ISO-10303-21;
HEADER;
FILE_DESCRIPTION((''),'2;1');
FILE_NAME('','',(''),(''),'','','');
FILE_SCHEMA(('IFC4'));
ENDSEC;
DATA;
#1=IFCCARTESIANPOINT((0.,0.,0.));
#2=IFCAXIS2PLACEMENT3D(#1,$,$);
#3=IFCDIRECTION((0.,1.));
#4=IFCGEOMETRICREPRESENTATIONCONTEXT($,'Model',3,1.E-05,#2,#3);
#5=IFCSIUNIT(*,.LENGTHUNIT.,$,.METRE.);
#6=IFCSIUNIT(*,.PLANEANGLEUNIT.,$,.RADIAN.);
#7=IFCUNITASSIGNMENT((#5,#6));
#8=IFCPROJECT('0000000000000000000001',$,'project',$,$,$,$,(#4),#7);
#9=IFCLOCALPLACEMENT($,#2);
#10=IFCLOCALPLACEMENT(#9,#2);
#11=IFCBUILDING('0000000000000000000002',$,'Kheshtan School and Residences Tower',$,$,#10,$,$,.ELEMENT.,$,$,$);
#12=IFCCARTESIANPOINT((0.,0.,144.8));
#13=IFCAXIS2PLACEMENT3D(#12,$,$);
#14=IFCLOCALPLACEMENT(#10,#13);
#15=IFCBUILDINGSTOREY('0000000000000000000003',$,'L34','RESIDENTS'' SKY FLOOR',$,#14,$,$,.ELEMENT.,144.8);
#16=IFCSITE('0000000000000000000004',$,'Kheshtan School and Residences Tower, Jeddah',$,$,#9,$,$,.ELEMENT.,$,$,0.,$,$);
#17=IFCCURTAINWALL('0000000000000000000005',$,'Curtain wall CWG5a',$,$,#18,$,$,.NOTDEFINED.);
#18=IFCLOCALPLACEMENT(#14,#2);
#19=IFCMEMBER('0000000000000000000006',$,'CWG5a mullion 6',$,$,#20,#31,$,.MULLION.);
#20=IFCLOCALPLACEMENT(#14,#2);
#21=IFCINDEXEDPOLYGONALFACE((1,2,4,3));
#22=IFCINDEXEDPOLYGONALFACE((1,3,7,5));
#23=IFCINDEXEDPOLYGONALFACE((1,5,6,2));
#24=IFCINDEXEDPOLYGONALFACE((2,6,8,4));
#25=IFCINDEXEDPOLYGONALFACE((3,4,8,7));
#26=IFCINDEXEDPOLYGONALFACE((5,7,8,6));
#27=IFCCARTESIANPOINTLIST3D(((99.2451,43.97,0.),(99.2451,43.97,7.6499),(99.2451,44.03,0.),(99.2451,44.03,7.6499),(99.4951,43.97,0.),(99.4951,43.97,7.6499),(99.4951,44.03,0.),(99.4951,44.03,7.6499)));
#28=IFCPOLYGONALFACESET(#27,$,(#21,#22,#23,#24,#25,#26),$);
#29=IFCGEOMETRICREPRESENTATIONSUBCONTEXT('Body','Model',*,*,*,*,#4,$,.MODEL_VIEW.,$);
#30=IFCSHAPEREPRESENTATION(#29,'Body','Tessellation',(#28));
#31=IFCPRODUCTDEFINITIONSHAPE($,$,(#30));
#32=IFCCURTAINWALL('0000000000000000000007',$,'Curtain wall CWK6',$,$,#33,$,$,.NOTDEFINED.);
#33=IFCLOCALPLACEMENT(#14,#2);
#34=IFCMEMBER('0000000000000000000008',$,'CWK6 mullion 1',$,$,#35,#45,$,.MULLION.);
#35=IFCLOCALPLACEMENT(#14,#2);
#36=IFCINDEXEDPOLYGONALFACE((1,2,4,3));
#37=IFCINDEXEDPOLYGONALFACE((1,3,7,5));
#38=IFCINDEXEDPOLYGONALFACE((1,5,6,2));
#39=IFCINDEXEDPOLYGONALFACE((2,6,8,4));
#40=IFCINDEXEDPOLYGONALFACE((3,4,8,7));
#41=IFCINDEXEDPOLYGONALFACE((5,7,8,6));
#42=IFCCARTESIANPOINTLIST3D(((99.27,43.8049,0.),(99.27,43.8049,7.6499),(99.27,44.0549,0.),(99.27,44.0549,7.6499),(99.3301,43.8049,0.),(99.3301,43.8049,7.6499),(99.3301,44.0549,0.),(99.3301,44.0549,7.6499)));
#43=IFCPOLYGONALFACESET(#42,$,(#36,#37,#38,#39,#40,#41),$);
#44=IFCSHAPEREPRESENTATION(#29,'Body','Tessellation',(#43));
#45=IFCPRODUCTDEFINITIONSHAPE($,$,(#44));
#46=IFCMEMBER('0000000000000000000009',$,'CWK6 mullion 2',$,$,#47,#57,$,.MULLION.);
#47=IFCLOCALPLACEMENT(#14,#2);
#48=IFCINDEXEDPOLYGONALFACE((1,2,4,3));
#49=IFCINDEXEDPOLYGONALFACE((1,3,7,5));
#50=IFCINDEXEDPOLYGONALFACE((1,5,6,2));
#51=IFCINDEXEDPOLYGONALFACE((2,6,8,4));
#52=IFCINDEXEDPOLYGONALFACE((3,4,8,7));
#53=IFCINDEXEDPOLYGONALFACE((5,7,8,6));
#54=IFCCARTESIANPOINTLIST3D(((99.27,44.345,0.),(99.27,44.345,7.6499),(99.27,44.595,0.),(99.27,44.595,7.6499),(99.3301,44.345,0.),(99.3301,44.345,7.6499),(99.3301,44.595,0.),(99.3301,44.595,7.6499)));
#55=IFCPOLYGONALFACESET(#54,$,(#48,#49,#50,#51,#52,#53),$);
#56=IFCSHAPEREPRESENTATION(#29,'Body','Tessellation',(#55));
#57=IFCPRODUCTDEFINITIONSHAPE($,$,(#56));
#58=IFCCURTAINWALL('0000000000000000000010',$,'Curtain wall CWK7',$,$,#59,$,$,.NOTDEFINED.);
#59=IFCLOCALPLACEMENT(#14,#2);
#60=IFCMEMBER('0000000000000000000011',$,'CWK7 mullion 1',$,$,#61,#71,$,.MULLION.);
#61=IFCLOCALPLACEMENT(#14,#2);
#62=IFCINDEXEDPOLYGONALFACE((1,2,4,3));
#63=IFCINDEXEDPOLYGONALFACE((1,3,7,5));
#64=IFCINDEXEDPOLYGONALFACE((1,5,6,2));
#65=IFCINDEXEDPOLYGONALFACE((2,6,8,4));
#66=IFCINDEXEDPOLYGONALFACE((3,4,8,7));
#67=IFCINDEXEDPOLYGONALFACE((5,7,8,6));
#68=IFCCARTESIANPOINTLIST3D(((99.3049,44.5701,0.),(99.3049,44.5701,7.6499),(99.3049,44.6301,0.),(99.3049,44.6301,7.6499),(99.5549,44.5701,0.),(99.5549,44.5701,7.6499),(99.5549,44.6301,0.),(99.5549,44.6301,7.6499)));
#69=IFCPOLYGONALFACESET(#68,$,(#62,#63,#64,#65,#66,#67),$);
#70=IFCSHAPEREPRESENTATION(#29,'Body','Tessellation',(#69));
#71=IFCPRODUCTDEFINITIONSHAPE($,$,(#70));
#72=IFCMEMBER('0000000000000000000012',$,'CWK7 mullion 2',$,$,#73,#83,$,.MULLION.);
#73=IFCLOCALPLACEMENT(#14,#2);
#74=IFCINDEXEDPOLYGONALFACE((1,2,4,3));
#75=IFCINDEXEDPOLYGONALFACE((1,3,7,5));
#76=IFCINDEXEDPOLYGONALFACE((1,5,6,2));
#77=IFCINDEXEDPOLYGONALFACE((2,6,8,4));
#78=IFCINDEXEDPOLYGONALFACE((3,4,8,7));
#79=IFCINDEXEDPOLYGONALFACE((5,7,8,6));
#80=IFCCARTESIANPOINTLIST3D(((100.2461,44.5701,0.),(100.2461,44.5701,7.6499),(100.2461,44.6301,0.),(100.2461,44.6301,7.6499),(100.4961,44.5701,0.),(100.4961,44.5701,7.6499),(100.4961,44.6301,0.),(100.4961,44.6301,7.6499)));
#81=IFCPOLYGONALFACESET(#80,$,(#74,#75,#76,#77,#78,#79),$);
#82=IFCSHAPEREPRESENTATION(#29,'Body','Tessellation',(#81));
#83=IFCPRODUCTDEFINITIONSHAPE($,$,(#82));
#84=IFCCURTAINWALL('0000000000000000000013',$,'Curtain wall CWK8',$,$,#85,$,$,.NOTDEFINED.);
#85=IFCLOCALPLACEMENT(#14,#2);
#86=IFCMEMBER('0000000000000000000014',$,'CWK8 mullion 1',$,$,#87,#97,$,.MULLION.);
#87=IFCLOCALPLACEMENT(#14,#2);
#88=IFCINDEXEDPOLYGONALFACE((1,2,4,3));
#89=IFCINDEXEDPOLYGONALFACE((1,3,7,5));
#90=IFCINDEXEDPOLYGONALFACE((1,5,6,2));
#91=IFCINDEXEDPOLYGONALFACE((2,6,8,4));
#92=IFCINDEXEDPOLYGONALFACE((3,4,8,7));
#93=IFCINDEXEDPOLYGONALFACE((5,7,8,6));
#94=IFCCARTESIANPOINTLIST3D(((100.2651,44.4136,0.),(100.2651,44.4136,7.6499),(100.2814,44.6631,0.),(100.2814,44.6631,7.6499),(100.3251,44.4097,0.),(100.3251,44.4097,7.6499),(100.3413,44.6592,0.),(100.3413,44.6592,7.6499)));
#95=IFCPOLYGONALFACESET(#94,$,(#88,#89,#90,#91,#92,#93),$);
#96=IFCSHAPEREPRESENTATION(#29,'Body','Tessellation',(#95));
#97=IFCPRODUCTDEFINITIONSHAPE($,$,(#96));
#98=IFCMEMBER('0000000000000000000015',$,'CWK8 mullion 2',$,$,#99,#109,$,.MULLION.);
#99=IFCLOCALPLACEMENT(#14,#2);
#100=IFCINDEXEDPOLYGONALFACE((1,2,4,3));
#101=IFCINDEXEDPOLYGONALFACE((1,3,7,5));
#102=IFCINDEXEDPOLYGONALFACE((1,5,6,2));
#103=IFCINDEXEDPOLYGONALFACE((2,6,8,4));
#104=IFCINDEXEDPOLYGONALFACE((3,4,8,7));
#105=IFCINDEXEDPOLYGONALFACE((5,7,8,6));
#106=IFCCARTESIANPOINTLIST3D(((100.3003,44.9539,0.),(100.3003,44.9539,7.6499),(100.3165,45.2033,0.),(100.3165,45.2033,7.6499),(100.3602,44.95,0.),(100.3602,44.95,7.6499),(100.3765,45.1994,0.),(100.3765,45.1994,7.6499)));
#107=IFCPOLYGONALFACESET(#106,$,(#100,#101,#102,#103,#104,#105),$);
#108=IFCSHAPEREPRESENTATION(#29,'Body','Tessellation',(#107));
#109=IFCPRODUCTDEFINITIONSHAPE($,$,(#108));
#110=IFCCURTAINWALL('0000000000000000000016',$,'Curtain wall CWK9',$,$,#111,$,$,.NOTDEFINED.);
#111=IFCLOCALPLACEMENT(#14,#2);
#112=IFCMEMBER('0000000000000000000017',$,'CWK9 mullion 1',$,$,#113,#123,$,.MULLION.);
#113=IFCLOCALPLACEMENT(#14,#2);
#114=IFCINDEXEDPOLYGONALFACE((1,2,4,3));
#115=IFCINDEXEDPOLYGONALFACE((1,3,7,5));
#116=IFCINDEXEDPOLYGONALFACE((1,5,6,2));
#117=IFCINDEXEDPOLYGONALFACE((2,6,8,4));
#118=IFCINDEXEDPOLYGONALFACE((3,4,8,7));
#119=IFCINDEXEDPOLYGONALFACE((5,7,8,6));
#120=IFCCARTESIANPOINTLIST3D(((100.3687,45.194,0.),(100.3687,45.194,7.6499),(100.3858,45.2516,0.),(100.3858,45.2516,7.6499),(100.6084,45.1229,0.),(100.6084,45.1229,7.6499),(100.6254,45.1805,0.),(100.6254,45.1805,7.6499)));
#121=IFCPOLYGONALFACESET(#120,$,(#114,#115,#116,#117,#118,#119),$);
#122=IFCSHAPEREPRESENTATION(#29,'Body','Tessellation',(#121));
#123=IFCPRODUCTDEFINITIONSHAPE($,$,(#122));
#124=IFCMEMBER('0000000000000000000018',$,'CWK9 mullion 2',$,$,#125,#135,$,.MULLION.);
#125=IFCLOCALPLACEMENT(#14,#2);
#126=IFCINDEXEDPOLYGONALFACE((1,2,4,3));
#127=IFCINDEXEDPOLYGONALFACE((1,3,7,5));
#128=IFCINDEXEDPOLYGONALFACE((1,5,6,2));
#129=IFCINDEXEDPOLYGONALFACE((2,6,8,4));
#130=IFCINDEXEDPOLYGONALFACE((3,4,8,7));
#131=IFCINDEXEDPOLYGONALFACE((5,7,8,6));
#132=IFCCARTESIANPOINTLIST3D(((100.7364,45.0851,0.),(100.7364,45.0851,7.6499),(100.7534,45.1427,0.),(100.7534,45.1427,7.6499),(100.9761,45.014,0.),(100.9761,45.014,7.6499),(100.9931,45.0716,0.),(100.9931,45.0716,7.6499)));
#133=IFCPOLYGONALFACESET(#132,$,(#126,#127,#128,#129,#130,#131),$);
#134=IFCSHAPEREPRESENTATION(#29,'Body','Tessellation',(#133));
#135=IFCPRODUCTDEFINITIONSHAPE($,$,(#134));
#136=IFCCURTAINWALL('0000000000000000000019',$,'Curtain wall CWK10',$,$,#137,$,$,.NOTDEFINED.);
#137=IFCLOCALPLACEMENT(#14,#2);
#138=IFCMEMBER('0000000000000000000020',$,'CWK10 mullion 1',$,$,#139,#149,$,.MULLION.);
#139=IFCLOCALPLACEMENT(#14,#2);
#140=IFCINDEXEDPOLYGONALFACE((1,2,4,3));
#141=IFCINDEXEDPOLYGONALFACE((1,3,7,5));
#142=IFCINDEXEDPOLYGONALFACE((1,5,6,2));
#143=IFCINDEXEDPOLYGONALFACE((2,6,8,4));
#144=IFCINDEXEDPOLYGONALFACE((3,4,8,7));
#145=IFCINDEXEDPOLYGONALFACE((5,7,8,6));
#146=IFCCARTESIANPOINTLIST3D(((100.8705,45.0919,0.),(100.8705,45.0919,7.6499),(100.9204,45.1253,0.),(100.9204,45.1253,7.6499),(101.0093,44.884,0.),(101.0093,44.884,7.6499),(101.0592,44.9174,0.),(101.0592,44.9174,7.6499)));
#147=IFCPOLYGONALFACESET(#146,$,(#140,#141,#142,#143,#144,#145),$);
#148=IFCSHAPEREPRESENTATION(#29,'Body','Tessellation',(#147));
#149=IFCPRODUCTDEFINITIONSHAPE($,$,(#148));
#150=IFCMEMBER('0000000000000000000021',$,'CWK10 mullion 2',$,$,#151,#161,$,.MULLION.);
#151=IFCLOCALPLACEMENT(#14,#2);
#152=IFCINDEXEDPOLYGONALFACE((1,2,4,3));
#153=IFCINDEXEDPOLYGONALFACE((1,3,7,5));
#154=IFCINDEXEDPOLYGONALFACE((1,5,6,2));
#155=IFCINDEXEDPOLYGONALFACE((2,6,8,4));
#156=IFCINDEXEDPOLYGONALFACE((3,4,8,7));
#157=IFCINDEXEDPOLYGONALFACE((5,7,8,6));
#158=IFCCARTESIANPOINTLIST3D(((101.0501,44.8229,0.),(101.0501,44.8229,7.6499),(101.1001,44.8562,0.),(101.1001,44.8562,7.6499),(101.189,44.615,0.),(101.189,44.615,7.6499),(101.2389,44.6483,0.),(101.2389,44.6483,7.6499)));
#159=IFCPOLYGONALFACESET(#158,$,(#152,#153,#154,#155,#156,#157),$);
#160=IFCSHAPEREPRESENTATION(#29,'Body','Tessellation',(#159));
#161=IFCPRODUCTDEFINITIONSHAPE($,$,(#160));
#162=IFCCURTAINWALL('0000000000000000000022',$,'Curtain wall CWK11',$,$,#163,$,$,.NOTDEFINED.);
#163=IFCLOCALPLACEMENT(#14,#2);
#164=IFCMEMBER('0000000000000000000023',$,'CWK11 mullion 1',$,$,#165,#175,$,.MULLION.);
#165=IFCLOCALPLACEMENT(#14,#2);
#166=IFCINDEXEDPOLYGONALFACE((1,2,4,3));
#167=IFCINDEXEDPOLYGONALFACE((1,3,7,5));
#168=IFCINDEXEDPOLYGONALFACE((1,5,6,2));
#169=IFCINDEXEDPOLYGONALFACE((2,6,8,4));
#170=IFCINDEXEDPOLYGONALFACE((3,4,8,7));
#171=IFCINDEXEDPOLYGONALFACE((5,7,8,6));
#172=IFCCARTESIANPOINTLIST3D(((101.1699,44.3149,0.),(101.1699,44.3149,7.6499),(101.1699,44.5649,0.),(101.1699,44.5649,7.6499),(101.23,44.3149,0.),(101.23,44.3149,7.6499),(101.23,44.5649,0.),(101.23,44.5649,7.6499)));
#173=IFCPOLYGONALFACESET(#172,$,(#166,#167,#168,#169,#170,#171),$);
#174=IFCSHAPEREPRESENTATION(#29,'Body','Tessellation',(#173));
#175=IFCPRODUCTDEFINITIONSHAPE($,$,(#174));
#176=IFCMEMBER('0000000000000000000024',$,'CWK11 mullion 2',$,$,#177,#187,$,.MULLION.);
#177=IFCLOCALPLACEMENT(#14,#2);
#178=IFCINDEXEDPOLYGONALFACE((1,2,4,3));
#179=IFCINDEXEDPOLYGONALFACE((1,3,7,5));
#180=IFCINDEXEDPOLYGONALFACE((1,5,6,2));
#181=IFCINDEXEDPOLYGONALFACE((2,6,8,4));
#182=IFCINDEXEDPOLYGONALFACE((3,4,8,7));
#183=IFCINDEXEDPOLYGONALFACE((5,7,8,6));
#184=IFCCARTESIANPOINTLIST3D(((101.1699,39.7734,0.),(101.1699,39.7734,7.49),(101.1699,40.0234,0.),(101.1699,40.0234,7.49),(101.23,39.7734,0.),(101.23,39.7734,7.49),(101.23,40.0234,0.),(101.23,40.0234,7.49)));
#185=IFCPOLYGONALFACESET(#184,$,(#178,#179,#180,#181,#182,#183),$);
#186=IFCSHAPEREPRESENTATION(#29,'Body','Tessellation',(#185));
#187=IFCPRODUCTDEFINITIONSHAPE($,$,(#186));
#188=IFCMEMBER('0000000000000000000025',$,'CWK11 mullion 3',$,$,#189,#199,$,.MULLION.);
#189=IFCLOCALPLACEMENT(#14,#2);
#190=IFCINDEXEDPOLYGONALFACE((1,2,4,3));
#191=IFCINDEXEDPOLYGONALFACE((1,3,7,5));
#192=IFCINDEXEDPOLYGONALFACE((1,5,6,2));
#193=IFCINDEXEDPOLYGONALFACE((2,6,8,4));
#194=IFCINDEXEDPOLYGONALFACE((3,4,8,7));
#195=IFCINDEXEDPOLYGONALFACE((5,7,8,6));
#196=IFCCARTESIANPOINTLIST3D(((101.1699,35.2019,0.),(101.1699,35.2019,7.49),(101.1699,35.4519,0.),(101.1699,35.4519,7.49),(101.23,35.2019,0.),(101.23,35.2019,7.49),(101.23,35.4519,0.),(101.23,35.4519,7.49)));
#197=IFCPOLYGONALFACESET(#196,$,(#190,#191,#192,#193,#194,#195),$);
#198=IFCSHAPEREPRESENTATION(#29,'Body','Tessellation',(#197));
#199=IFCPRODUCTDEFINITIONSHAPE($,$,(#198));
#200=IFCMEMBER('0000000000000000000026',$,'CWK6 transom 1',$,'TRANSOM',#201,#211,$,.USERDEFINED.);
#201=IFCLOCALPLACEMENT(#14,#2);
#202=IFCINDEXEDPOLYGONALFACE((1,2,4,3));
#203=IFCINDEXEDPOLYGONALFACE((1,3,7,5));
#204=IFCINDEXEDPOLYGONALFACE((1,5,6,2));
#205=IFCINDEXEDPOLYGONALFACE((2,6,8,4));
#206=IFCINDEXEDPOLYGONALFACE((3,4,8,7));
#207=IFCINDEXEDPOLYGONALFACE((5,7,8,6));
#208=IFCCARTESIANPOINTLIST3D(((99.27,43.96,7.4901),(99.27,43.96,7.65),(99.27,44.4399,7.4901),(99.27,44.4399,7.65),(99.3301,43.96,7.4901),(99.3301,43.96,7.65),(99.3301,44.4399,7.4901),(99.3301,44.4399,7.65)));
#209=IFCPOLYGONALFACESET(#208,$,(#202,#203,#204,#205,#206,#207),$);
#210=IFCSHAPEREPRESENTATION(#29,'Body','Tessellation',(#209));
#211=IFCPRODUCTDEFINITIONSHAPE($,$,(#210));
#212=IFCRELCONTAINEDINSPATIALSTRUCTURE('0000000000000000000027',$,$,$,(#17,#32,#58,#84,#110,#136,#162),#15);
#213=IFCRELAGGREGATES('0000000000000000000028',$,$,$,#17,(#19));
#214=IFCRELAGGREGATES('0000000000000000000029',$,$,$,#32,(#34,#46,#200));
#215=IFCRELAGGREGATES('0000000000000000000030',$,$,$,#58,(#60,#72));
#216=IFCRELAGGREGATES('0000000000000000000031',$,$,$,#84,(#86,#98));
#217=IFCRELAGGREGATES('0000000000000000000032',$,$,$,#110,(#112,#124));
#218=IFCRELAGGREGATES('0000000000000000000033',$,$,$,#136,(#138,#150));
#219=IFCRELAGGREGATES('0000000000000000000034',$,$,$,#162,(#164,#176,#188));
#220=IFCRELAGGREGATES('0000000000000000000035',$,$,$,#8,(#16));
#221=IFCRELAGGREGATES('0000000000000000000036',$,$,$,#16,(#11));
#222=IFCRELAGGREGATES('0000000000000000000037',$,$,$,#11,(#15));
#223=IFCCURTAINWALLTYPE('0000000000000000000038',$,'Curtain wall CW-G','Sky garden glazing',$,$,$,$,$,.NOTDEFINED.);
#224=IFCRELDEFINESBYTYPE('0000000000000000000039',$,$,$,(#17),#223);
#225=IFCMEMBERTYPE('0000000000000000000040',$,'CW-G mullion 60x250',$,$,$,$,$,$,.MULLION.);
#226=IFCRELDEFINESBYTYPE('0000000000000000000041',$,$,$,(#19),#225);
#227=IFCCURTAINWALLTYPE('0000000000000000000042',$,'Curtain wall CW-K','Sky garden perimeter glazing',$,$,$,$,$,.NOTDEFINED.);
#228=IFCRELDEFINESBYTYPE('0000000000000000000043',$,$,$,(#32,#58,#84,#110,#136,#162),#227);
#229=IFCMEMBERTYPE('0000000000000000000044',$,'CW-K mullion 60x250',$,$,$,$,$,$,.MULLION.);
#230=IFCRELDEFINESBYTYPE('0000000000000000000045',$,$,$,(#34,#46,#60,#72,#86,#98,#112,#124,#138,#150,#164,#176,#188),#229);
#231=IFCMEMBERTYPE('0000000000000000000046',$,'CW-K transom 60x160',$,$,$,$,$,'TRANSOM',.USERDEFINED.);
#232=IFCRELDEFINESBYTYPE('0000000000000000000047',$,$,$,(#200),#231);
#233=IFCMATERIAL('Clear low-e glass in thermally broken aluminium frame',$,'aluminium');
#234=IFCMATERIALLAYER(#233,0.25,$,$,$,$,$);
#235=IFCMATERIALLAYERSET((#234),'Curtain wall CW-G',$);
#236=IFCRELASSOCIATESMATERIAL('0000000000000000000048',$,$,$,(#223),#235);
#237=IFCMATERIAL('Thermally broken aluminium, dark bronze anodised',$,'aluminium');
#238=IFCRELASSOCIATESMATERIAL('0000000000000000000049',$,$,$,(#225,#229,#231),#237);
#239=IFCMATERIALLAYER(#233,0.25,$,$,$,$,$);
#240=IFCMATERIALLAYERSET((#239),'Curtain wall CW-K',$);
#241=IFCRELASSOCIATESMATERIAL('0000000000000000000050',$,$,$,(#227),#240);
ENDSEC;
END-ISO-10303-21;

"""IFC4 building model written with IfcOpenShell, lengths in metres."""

from ifc_helpers import new_model, si_unit, direction, frame, origin, origin_2d, place, context, subcontext, project, spatial, rectangle, extrude, material, layer, layer_set, material_profile, profile_set, type_object, element, aggregate, save


model = new_model("IFC4")

# Units and contexts
model_context = context("Model", 3, precision=1e-05, world=origin(), true_north=direction((0.0, 1.0)))
body_context = subcontext(model_context, "Body", "Model", "MODEL_VIEW")
ifc_project = project(units=[si_unit("LENGTHUNIT", "METRE"), si_unit("PLANEANGLEUNIT", "RADIAN")], contexts=[model_context])

# Site, building, storey
site_placement = place(None, origin())
site = spatial("IfcSite", under=ifc_project, at=site_placement, Name="Kheshtan School and Residences Tower, Jeddah", CompositionType="ELEMENT", RefElevation=0.0)
building_placement = place(site_placement, origin())
building = spatial("IfcBuilding", under=site, at=building_placement, Name="Kheshtan School and Residences Tower", CompositionType="ELEMENT")
storey_placement = place(building_placement, frame((0.0, 0.0, 144.8)))
storey = spatial("IfcBuildingStorey", under=building, at=storey_placement, Name="L34", Description="RESIDENTS' SKY FLOOR", CompositionType="ELEMENT", Elevation=144.8)

# Curtain wall, member
ifc_material_1 = material(Name="Clear low-e glass in thermally broken aluminium frame", Category="aluminium")
ifc_layer_1 = layer(ifc_material_1, 0.25)
ifc_layer_set_1 = layer_set([ifc_layer_1], Name="Curtain wall CW-G")
curtain_wall_type_1 = type_object("IfcCurtainWallType", Name="Curtain wall CW-G", Description="Sky garden glazing", PredefinedType="NOTDEFINED", material=ifc_layer_set_1)
curtain_wall_1_placement = place(storey_placement, origin())
curtain_wall_1 = element("IfcCurtainWall", 1, at=curtain_wall_1_placement, inside=storey, type_object=curtain_wall_type_1, Name="Curtain wall CWG5a", PredefinedType="NOTDEFINED")
ifc_material_2 = material(Name="Thermally broken aluminium, dark bronze anodised", Category="aluminium")
ifc_material_profile_1 = material_profile(ifc_material_2, rectangle(XDim=0.0601, YDim=0.25, at=origin_2d()), Name="CW-G mullion 60x250")
ifc_profile_set_1 = profile_set([ifc_material_profile_1], Name="Thermally broken aluminium, dark bronze anodised")
member_type_1 = type_object("IfcMemberType", Name="CW-G mullion 60x250", PredefinedType="MULLION", material=ifc_profile_set_1)
member_1_placement = place(storey_placement, frame((99.3701, 44.0, 0.0), z_axis=(0.0, 0.0, 1.0), x_axis=(0.0, 1.0, 0.0)))
member_1 = element("IfcMember", 2, at=member_1_placement, type_object=member_type_1, Name="CWG5a mullion 6", PredefinedType="MULLION", context=body_context, shape_type="SweptSolid", body=[
    extrude(rectangle(XDim=0.0601, YDim=0.25, at=origin_2d()), origin(), (0.0, 0.0, 1.0), 7.6499),
])
aggregate(curtain_wall_1, [member_1])

# Curtain walls, members
ifc_layer_2 = layer(ifc_material_1, 0.25)
ifc_layer_set_2 = layer_set([ifc_layer_2], Name="Curtain wall CW-K")
curtain_wall_type_2 = type_object("IfcCurtainWallType", Name="Curtain wall CW-K", Description="Sky garden perimeter glazing", PredefinedType="NOTDEFINED", material=ifc_layer_set_2)
curtain_wall_2_placement = place(storey_placement, origin())
curtain_wall_2 = element("IfcCurtainWall", 3, at=curtain_wall_2_placement, inside=storey, type_object=curtain_wall_type_2, Name="Curtain wall CWK6", PredefinedType="NOTDEFINED")
ifc_material_profile_2 = material_profile(ifc_material_2, rectangle(XDim=0.0601, YDim=0.25, at=origin_2d()), Name="CW-K mullion 60x250")
ifc_profile_set_2 = profile_set([ifc_material_profile_2], Name="Thermally broken aluminium, dark bronze anodised")
member_type_2 = type_object("IfcMemberType", Name="CW-K mullion 60x250", PredefinedType="MULLION", material=ifc_profile_set_2)
member_2_placement = place(storey_placement, frame((99.3, 43.9299, 0.0), z_axis=(0.0, 0.0, 1.0), x_axis=(-1.0, 0.0, 0.0)))
member_2 = element("IfcMember", 4, at=member_2_placement, type_object=member_type_2, Name="CWK6 mullion 1", PredefinedType="MULLION", context=body_context, shape_type="SweptSolid", body=[
    extrude(rectangle(XDim=0.0601, YDim=0.25, at=origin_2d()), origin(), (0.0, 0.0, 1.0), 7.6499),
])
member_3_placement = place(storey_placement, frame((99.3, 44.47, 0.0), z_axis=(0.0, 0.0, 1.0), x_axis=(-1.0, 0.0, 0.0)))
member_3 = element("IfcMember", 5, at=member_3_placement, type_object=member_type_2, Name="CWK6 mullion 2", PredefinedType="MULLION", context=body_context, shape_type="SweptSolid", body=[
    extrude(rectangle(XDim=0.0601, YDim=0.25, at=origin_2d()), origin(), (0.0, 0.0, 1.0), 7.6499),
])
curtain_wall_3_placement = place(storey_placement, origin())
curtain_wall_3 = element("IfcCurtainWall", 6, at=curtain_wall_3_placement, inside=storey, type_object=curtain_wall_type_2, Name="Curtain wall CWK7", PredefinedType="NOTDEFINED")
member_4_placement = place(storey_placement, frame((99.4299, 44.6001, 0.0), z_axis=(0.0, 0.0, 1.0), x_axis=(0.0, 1.0, 0.0)))
member_4 = element("IfcMember", 7, at=member_4_placement, type_object=member_type_2, Name="CWK7 mullion 1", PredefinedType="MULLION", context=body_context, shape_type="SweptSolid", body=[
    extrude(rectangle(XDim=0.0601, YDim=0.25, at=origin_2d()), origin(), (0.0, 0.0, 1.0), 7.6499),
])
member_5_placement = place(storey_placement, frame((100.3711, 44.6001, 0.0), z_axis=(0.0, 0.0, 1.0), x_axis=(0.0, 1.0, 0.0)))
member_5 = element("IfcMember", 8, at=member_5_placement, type_object=member_type_2, Name="CWK7 mullion 2", PredefinedType="MULLION", context=body_context, shape_type="SweptSolid", body=[
    extrude(rectangle(XDim=0.0601, YDim=0.25, at=origin_2d()), origin(), (0.0, 0.0, 1.0), 7.6499),
])
curtain_wall_4_placement = place(storey_placement, origin())
curtain_wall_4 = element("IfcCurtainWall", 9, at=curtain_wall_4_placement, inside=storey, type_object=curtain_wall_type_2, Name="Curtain wall CWK8", PredefinedType="NOTDEFINED")
member_6_placement = place(storey_placement, frame((100.3032, 44.5364, 0.0), z_axis=(0.0, 0.0, 1.0), x_axis=(-0.997894, 0.064863, 0.0)))
member_6 = element("IfcMember", 10, at=member_6_placement, type_object=member_type_2, Name="CWK8 mullion 1", PredefinedType="MULLION", context=body_context, shape_type="SweptSolid", body=[
    extrude(rectangle(XDim=0.0601, YDim=0.25, at=origin_2d()), origin(), (0.0, 0.0, 1.0), 7.6499),
])
member_7_placement = place(storey_placement, frame((100.3384, 45.0767, 0.0), z_axis=(0.0, 0.0, 1.0), x_axis=(-0.997894, 0.064863, 0.0)))
member_7 = element("IfcMember", 11, at=member_7_placement, type_object=member_type_2, Name="CWK8 mullion 2", PredefinedType="MULLION", context=body_context, shape_type="SweptSolid", body=[
    extrude(rectangle(XDim=0.0601, YDim=0.25, at=origin_2d()), origin(), (0.0, 0.0, 1.0), 7.6499),
])
curtain_wall_5_placement = place(storey_placement, origin())
curtain_wall_5 = element("IfcCurtainWall", 12, at=curtain_wall_5_placement, inside=storey, type_object=curtain_wall_type_2, Name="Curtain wall CWK9", PredefinedType="NOTDEFINED")
member_8_placement = place(storey_placement, frame((100.4971, 45.1873, 0.0), z_axis=(0.0, 0.0, 1.0), x_axis=(0.284242, 0.958753, 0.0)))
member_8 = element("IfcMember", 13, at=member_8_placement, type_object=member_type_2, Name="CWK9 mullion 1", PredefinedType="MULLION", context=body_context, shape_type="SweptSolid", body=[
    extrude(rectangle(XDim=0.0601, YDim=0.25, at=origin_2d()), origin(), (0.0, 0.0, 1.0), 7.6499),
])
member_9_placement = place(storey_placement, frame((100.8647, 45.0784, 0.0), z_axis=(0.0, 0.0, 1.0), x_axis=(0.284242, 0.958753, 0.0)))
member_9 = element("IfcMember", 14, at=member_9_placement, type_object=member_type_2, Name="CWK9 mullion 2", PredefinedType="MULLION", context=body_context, shape_type="SweptSolid", body=[
    extrude(rectangle(XDim=0.0601, YDim=0.25, at=origin_2d()), origin(), (0.0, 0.0, 1.0), 7.6499),
])
curtain_wall_6_placement = place(storey_placement, origin())
curtain_wall_6 = element("IfcCurtainWall", 15, at=curtain_wall_6_placement, inside=storey, type_object=curtain_wall_type_2, Name="Curtain wall CWK10", PredefinedType="NOTDEFINED")
member_10_placement = place(storey_placement, frame((100.9648, 45.0046, 0.0), z_axis=(0.0, 0.0, 1.0), x_axis=(0.831649, 0.555302, 0.0)))
member_10 = element("IfcMember", 16, at=member_10_placement, type_object=member_type_2, Name="CWK10 mullion 1", PredefinedType="MULLION", context=body_context, shape_type="SweptSolid", body=[
    extrude(rectangle(XDim=0.0601, YDim=0.25, at=origin_2d()), origin(), (0.0, 0.0, 1.0), 7.6499),
])
member_11_placement = place(storey_placement, frame((101.1445, 44.7356, 0.0), z_axis=(0.0, 0.0, 1.0), x_axis=(0.831649, 0.555302, 0.0)))
member_11 = element("IfcMember", 17, at=member_11_placement, type_object=member_type_2, Name="CWK10 mullion 2", PredefinedType="MULLION", context=body_context, shape_type="SweptSolid", body=[
    extrude(rectangle(XDim=0.0601, YDim=0.25, at=origin_2d()), origin(), (0.0, 0.0, 1.0), 7.6499),
])
curtain_wall_7_placement = place(storey_placement, origin())
curtain_wall_7 = element("IfcCurtainWall", 18, at=curtain_wall_7_placement, inside=storey, type_object=curtain_wall_type_2, Name="Curtain wall CWK11", PredefinedType="NOTDEFINED")
member_12_placement = place(storey_placement, frame((101.2, 44.4399, 0.0), z_axis=(0.0, 0.0, 1.0), x_axis=(1.0, 0.0, 0.0)))
member_12 = element("IfcMember", 19, at=member_12_placement, type_object=member_type_2, Name="CWK11 mullion 1", PredefinedType="MULLION", context=body_context, shape_type="SweptSolid", body=[
    extrude(rectangle(XDim=0.0601, YDim=0.25, at=origin_2d()), origin(), (0.0, 0.0, 1.0), 7.6499),
])
member_13_placement = place(storey_placement, frame((101.2, 39.8984, 0.0), z_axis=(0.0, 0.0, 1.0), x_axis=(1.0, 0.0, 0.0)))
member_13 = element("IfcMember", 20, at=member_13_placement, type_object=member_type_2, Name="CWK11 mullion 2", PredefinedType="MULLION", context=body_context, shape_type="SweptSolid", body=[
    extrude(rectangle(XDim=0.0601, YDim=0.25, at=origin_2d()), origin(), (0.0, 0.0, 1.0), 7.49),
])
member_14_placement = place(storey_placement, frame((101.2, 35.3269, 0.0), z_axis=(0.0, 0.0, 1.0), x_axis=(1.0, 0.0, 0.0)))
member_14 = element("IfcMember", 21, at=member_14_placement, type_object=member_type_2, Name="CWK11 mullion 3", PredefinedType="MULLION", context=body_context, shape_type="SweptSolid", body=[
    extrude(rectangle(XDim=0.0601, YDim=0.25, at=origin_2d()), origin(), (0.0, 0.0, 1.0), 7.49),
])

# Member
ifc_material_profile_3 = material_profile(ifc_material_2, rectangle(XDim=0.0601, YDim=0.1599, at=origin_2d()), Name="CW-K transom 60x160")
ifc_profile_set_3 = profile_set([ifc_material_profile_3], Name="Thermally broken aluminium, dark bronze anodised")
member_type_3 = type_object("IfcMemberType", Name="CW-K transom 60x160", ElementType="TRANSOM", PredefinedType="USERDEFINED", material=ifc_profile_set_3)
member_15_placement = place(storey_placement, frame((99.3, 43.96, 7.5701), z_axis=(0.0, 1.0, 0.0), x_axis=(-1.0, 0.0, 0.0)))
member_15 = element("IfcMember", 22, at=member_15_placement, type_object=member_type_3, Name="CWK6 transom 1", ObjectType="TRANSOM", PredefinedType="USERDEFINED", context=body_context, shape_type="SweptSolid", body=[
    extrude(rectangle(XDim=0.0601, YDim=0.1599, at=origin_2d()), origin(), (0.0, 0.0, 1.0), 0.48),
])

aggregate(curtain_wall_2, [member_2, member_3, member_15])
aggregate(curtain_wall_3, [member_4, member_5])
aggregate(curtain_wall_4, [member_6, member_7])
aggregate(curtain_wall_5, [member_8, member_9])
aggregate(curtain_wall_6, [member_10, member_11])
aggregate(curtain_wall_7, [member_12, member_13, member_14])

save(model, "model.ifc")
